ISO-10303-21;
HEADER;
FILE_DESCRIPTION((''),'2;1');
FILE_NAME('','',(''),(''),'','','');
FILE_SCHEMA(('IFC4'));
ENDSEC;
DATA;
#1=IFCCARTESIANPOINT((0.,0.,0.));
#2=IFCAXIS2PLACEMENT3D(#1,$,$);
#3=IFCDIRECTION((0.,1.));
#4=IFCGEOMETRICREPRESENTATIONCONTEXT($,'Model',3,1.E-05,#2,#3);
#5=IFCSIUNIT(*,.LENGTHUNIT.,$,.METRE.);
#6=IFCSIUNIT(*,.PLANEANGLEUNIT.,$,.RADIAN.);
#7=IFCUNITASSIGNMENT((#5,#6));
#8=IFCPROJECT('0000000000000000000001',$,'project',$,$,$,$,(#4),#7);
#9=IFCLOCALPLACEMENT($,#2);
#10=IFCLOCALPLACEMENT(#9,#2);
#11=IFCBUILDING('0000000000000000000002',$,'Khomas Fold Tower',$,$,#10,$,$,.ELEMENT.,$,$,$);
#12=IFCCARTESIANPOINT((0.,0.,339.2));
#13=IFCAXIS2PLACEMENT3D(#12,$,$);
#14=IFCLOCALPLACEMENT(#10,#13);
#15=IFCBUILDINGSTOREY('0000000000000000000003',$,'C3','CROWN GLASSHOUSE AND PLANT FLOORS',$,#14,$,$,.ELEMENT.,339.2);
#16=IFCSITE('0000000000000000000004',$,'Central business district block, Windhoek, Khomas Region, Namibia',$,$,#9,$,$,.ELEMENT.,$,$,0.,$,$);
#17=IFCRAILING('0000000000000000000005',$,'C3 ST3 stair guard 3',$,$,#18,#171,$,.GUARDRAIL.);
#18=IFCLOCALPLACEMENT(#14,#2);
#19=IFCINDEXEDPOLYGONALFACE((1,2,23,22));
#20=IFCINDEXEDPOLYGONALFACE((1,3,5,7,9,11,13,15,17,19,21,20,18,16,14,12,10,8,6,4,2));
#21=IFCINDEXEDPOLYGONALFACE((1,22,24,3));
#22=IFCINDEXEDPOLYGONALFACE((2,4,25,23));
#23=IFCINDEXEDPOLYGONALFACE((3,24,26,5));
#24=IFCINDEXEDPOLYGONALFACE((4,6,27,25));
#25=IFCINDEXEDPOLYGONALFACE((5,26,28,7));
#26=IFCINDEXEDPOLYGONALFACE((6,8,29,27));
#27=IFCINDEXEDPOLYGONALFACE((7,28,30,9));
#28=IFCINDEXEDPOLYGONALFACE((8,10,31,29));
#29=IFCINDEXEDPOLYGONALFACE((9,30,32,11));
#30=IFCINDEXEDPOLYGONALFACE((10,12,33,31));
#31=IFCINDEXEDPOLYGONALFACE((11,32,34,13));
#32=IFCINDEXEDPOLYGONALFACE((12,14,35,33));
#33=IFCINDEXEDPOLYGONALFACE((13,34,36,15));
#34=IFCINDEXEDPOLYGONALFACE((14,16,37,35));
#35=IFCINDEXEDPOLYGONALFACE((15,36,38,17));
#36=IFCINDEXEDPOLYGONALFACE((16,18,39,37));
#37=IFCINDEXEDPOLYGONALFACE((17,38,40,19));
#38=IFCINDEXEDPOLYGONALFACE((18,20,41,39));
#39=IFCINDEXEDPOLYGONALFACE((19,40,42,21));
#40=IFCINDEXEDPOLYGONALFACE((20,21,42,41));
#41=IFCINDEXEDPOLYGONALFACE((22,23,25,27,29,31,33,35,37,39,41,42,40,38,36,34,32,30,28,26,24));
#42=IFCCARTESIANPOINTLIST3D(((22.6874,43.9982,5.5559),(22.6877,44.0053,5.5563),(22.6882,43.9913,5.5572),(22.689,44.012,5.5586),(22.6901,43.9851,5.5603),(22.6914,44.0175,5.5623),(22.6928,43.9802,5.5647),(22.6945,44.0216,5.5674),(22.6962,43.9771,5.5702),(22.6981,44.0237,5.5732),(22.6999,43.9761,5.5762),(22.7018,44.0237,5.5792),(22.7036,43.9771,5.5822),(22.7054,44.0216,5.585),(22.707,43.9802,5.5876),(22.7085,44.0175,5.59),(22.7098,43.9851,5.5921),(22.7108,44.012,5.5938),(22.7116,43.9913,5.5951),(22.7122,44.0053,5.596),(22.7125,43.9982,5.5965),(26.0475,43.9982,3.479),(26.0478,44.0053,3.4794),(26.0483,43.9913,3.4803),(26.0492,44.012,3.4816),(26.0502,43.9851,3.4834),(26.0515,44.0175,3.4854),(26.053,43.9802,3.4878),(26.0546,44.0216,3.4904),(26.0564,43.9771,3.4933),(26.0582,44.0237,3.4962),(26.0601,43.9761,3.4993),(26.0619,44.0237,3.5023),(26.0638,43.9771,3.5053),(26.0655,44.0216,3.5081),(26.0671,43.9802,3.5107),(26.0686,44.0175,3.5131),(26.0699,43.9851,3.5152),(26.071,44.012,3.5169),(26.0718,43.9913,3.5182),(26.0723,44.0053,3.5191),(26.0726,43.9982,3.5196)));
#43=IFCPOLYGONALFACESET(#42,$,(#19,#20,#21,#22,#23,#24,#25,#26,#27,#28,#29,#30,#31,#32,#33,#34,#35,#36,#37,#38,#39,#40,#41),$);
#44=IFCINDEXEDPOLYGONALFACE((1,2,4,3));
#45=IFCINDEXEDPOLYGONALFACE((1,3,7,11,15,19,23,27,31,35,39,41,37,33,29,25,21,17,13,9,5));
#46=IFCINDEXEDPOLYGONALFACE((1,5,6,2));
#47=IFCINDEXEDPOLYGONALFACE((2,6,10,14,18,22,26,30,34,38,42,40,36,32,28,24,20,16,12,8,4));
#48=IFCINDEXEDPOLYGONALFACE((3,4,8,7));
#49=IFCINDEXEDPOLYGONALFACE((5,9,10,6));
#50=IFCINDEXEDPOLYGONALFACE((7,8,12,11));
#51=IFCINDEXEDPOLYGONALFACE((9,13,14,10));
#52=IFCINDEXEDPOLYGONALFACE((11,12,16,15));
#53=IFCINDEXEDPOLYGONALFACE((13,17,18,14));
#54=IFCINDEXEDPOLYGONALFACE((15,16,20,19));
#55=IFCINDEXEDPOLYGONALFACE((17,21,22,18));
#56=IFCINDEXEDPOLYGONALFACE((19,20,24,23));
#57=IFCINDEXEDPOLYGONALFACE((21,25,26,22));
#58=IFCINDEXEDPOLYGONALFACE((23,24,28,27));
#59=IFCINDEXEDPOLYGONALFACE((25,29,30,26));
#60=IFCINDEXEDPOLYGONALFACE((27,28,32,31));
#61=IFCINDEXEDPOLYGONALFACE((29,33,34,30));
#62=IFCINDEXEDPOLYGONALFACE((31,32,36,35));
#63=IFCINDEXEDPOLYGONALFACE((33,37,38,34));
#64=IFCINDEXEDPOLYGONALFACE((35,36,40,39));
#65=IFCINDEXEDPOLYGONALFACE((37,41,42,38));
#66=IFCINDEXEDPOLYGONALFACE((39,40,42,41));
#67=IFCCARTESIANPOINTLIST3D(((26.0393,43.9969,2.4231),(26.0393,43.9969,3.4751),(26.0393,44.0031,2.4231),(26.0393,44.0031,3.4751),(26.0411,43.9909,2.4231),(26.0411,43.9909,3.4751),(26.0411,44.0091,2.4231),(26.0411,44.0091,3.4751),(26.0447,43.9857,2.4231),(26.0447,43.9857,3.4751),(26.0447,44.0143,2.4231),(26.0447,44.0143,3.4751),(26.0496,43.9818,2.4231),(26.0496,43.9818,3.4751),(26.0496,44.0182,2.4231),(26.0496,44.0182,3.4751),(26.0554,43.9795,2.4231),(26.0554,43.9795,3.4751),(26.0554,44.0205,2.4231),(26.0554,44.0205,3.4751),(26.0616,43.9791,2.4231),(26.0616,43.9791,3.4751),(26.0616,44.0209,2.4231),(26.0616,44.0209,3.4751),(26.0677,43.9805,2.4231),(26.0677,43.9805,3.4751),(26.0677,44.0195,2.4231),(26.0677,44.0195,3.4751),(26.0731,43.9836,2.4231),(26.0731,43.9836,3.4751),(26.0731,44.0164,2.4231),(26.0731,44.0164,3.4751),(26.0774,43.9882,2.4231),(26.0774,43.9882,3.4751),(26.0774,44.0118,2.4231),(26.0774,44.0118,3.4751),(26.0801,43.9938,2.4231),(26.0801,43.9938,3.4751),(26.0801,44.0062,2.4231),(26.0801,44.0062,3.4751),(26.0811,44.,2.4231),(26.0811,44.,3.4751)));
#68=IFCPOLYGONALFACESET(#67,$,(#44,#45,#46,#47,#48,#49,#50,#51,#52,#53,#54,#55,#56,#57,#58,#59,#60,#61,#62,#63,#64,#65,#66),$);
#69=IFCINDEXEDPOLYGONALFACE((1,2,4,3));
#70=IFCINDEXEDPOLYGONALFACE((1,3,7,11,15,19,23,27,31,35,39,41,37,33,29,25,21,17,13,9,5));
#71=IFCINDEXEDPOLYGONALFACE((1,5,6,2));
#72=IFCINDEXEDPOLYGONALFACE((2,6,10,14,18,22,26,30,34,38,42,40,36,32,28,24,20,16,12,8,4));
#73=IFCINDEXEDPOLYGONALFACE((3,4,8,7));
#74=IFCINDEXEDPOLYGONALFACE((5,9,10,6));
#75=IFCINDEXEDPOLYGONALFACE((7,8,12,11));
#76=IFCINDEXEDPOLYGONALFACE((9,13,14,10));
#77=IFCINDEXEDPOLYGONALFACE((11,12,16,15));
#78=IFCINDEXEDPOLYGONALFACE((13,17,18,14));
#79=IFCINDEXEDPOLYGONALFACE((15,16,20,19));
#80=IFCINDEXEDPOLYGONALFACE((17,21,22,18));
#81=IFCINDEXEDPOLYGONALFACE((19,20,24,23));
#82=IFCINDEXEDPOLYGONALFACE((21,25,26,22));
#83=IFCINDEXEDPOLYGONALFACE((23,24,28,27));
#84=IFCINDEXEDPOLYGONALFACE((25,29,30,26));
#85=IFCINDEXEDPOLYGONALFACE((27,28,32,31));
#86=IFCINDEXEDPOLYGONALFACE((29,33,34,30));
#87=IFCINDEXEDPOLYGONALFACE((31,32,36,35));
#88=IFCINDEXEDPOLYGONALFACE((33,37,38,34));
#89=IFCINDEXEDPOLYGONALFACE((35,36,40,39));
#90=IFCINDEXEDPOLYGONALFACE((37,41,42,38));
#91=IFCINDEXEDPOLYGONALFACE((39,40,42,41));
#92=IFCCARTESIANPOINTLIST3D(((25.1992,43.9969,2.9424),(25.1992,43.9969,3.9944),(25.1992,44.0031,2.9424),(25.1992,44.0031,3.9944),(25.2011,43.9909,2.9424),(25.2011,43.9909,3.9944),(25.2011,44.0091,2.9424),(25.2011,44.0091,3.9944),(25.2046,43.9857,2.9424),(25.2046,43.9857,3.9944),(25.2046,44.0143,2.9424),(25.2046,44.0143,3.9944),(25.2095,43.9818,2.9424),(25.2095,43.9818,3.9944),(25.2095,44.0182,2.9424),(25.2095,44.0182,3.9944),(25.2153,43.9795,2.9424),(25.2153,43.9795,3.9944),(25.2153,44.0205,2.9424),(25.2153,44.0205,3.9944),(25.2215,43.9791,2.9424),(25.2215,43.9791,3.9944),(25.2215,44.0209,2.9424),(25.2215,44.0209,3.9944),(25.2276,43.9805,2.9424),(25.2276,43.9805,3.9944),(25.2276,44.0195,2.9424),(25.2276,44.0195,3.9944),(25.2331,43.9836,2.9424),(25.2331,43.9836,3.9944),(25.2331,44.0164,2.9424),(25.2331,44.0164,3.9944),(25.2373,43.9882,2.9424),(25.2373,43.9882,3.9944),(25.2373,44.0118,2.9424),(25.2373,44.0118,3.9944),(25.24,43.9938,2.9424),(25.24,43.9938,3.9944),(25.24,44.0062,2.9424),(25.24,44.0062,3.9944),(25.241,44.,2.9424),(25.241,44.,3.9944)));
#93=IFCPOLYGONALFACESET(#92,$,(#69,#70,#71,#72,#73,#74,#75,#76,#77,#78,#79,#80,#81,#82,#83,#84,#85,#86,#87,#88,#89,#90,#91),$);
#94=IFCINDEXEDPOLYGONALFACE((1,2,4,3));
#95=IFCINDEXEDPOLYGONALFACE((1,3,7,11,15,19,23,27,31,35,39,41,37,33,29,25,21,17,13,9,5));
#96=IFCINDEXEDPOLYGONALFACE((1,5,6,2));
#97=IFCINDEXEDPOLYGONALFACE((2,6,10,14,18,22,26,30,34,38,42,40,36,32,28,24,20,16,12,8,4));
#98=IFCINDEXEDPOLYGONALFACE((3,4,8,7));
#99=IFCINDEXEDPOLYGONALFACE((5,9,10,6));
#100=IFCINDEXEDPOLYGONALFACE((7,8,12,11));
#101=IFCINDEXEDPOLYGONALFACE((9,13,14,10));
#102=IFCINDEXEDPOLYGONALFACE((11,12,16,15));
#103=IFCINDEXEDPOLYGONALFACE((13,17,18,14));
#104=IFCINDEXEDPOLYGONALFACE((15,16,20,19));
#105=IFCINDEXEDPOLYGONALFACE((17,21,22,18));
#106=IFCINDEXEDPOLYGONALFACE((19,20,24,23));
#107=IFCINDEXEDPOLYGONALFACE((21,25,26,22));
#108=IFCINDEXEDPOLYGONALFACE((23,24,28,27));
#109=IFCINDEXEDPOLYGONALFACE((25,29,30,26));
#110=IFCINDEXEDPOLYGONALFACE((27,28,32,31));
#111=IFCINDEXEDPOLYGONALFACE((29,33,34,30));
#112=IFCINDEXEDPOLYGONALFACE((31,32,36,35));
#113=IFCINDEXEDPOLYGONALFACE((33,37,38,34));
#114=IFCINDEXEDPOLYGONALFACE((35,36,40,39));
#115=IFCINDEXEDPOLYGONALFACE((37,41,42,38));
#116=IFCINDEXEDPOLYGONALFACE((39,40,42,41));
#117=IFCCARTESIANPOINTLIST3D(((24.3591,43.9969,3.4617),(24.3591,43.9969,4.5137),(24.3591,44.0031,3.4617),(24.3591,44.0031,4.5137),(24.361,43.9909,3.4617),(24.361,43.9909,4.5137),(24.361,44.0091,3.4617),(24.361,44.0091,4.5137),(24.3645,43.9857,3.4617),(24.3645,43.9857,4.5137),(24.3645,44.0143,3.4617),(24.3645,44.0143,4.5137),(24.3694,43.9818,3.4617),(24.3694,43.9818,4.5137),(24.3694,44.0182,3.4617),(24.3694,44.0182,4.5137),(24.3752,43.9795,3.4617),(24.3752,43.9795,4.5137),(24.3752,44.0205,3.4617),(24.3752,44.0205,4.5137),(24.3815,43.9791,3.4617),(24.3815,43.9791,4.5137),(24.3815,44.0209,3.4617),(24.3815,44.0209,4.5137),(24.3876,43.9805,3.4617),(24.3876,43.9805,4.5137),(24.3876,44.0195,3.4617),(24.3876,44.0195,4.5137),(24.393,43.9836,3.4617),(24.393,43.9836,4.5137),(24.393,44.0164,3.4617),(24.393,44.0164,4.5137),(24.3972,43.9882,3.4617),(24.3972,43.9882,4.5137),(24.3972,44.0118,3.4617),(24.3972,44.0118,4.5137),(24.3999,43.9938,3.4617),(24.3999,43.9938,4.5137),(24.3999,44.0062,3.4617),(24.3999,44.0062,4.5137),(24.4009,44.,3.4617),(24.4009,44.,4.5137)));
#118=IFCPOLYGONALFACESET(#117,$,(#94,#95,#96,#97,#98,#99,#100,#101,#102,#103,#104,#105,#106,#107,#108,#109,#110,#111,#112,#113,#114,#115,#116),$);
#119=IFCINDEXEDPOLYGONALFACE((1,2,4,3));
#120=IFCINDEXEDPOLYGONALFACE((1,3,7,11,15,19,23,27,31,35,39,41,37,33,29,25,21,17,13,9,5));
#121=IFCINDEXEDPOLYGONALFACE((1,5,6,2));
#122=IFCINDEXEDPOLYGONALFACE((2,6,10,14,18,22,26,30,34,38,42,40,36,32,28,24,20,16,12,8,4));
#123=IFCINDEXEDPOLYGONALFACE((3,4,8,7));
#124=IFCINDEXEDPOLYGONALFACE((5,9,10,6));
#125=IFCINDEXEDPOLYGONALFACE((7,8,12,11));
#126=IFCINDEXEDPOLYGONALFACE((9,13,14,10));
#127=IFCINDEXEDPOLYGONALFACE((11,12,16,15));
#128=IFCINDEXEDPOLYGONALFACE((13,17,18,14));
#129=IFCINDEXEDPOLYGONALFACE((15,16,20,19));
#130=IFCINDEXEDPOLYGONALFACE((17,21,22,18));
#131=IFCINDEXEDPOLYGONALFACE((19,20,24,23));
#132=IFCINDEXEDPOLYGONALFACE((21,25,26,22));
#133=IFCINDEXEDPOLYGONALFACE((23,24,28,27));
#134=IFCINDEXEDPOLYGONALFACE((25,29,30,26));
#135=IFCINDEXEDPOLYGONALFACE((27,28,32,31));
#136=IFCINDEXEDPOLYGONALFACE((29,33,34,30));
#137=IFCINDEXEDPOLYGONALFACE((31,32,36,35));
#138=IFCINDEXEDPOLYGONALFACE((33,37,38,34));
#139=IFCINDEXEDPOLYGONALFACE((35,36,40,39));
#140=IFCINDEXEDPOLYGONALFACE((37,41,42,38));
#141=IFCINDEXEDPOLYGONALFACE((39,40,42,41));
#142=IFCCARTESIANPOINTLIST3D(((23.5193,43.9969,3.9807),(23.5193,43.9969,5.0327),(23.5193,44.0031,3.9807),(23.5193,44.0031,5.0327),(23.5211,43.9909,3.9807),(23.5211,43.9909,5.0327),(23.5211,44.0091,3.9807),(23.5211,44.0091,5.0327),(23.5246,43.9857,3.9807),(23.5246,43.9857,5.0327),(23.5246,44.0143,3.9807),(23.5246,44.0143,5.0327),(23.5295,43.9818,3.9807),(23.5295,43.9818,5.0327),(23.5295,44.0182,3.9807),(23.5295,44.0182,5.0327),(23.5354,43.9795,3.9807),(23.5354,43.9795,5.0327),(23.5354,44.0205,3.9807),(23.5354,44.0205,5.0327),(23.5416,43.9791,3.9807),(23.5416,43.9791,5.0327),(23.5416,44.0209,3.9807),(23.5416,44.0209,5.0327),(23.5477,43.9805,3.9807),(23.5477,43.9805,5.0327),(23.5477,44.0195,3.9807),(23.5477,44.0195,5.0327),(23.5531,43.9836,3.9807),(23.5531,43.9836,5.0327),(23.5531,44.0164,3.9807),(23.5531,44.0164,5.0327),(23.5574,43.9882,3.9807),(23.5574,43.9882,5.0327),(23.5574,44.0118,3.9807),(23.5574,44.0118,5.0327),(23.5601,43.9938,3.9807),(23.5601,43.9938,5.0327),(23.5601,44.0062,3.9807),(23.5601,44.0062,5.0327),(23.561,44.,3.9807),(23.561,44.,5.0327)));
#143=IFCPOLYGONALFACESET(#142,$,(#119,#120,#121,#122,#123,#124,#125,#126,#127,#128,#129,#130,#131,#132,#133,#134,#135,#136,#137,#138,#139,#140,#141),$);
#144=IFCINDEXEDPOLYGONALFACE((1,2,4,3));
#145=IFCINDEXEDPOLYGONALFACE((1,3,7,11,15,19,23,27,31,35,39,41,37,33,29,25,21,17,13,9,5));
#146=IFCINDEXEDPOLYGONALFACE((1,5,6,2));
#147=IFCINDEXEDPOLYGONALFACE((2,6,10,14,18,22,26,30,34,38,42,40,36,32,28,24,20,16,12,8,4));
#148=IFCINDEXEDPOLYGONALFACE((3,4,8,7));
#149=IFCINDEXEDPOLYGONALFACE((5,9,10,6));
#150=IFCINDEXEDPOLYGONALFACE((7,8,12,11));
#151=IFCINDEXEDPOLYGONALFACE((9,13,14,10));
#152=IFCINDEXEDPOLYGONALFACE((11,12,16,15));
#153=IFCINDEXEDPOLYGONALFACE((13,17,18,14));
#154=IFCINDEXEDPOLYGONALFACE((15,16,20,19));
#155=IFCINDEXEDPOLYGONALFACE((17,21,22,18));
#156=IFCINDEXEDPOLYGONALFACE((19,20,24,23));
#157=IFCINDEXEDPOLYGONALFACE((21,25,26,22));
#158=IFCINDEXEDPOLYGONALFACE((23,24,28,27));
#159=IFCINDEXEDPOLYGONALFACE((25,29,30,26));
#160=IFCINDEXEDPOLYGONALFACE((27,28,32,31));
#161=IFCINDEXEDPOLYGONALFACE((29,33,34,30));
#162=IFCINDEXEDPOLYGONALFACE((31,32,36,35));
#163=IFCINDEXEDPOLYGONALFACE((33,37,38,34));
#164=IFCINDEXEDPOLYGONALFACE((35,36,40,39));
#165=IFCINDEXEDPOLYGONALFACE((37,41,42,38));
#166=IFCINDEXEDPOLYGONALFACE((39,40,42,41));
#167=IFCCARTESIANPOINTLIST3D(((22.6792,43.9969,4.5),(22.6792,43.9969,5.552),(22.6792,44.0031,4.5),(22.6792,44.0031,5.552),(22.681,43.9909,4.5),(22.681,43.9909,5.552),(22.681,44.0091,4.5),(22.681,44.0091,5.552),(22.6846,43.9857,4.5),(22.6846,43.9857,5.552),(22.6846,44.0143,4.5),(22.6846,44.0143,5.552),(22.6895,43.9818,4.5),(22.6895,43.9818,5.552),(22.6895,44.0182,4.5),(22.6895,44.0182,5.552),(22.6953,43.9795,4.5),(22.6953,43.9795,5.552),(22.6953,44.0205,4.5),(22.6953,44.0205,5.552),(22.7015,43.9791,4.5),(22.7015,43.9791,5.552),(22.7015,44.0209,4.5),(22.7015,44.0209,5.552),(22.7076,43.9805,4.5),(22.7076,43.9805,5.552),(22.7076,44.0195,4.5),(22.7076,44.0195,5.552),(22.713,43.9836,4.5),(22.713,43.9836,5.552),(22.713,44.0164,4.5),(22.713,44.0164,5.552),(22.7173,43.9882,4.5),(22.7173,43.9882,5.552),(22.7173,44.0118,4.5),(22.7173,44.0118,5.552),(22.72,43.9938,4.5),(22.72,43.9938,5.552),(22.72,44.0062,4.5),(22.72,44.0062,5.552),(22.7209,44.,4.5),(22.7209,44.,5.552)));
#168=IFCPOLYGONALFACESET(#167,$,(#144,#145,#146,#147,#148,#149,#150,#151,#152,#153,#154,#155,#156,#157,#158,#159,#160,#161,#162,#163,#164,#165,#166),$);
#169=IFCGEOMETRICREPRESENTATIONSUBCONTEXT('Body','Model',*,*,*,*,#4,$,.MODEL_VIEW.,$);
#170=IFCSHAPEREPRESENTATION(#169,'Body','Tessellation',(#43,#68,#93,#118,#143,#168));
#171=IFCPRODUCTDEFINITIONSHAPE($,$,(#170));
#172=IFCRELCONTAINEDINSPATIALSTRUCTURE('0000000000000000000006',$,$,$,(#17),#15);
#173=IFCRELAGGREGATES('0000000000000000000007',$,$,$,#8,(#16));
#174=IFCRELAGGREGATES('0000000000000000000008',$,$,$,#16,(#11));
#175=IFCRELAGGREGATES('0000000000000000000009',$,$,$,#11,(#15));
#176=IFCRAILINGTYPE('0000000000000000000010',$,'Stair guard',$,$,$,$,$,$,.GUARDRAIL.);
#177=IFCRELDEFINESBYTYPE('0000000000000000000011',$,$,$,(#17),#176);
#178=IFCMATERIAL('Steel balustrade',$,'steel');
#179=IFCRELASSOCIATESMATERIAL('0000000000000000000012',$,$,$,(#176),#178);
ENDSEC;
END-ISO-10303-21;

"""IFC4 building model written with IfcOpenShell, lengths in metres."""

from ifc_helpers import new_model, si_unit, direction, frame, origin, origin_2d, place, context, subcontext, project, spatial, circle, extrude, source, transform, mapped, material, type_object, element, save


model = new_model("IFC4")

# Units and contexts
model_context = context("Model", 3, precision=1e-05, world=origin(), true_north=direction((0.0, 1.0)))
body_context = subcontext(model_context, "Body", "Model", "MODEL_VIEW")
ifc_project = project(units=[si_unit("LENGTHUNIT", "METRE"), si_unit("PLANEANGLEUNIT", "RADIAN")], contexts=[model_context])

# Site, building, storey
site_placement = place(None, origin())
site = spatial("IfcSite", under=ifc_project, at=site_placement, Name="Central business district block, Windhoek, Khomas Region, Namibia", CompositionType="ELEMENT", RefElevation=0.0)
building_placement = place(site_placement, origin())
building = spatial("IfcBuilding", under=site, at=building_placement, Name="Khomas Fold Tower", CompositionType="ELEMENT")
storey_placement = place(building_placement, frame((0.0, 0.0, 339.2)))
storey = spatial("IfcBuildingStorey", under=building, at=storey_placement, Name="C3", Description="CROWN GLASSHOUSE AND PLANT FLOORS", CompositionType="ELEMENT", Elevation=339.2)

# Railing
ifc_material_1 = material(Name="Steel balustrade", Category="steel")
railing_type_1 = type_object("IfcRailingType", Name="Stair guard", PredefinedType="GUARDRAIL", material=ifc_material_1)
shared_shape_1 = source(origin(), body_context, "Body", "SweptSolid", [
    extrude(circle(Radius=0.0239, at=origin_2d()), frame((0.0, 0.0, 1.0762), z_axis=(-0.850623, 0.0, 0.525776), x_axis=(0.0, -1.0, 0.0)), (0.0, 0.0, 1.0), 3.9502),
    extrude(circle(Radius=0.021, at=origin_2d()), origin(), (0.0, 0.0, 1.0), 1.052),
    extrude(circle(Radius=0.021, at=origin_2d()), frame((-0.8401, 0.0, 0.5193)), (0.0, 0.0, 1.0), 1.052),
    extrude(circle(Radius=0.021, at=origin_2d()), frame((-1.6802, 0.0, 1.0386)), (0.0, 0.0, 1.0), 1.052),
    extrude(circle(Radius=0.021, at=origin_2d()), frame((-2.52, 0.0, 1.5576)), (0.0, 0.0, 1.0), 1.052),
    extrude(circle(Radius=0.021, at=origin_2d()), frame((-3.3601, 0.0, 2.0769)), (0.0, 0.0, 1.0), 1.052),
])
railing_1_placement = place(storey_placement, frame((26.0601, 44.0, 2.4231)))
element("IfcRailing", 1, at=railing_1_placement, inside=storey, type_object=railing_type_1, Name="C3 ST3 stair guard 3", PredefinedType="GUARDRAIL", context=body_context, shape_type="MappedRepresentation", body=[
    mapped(shared_shape_1, transform((0.0, 0.0, 0.0))),
])

save(model, "model.ifc")
